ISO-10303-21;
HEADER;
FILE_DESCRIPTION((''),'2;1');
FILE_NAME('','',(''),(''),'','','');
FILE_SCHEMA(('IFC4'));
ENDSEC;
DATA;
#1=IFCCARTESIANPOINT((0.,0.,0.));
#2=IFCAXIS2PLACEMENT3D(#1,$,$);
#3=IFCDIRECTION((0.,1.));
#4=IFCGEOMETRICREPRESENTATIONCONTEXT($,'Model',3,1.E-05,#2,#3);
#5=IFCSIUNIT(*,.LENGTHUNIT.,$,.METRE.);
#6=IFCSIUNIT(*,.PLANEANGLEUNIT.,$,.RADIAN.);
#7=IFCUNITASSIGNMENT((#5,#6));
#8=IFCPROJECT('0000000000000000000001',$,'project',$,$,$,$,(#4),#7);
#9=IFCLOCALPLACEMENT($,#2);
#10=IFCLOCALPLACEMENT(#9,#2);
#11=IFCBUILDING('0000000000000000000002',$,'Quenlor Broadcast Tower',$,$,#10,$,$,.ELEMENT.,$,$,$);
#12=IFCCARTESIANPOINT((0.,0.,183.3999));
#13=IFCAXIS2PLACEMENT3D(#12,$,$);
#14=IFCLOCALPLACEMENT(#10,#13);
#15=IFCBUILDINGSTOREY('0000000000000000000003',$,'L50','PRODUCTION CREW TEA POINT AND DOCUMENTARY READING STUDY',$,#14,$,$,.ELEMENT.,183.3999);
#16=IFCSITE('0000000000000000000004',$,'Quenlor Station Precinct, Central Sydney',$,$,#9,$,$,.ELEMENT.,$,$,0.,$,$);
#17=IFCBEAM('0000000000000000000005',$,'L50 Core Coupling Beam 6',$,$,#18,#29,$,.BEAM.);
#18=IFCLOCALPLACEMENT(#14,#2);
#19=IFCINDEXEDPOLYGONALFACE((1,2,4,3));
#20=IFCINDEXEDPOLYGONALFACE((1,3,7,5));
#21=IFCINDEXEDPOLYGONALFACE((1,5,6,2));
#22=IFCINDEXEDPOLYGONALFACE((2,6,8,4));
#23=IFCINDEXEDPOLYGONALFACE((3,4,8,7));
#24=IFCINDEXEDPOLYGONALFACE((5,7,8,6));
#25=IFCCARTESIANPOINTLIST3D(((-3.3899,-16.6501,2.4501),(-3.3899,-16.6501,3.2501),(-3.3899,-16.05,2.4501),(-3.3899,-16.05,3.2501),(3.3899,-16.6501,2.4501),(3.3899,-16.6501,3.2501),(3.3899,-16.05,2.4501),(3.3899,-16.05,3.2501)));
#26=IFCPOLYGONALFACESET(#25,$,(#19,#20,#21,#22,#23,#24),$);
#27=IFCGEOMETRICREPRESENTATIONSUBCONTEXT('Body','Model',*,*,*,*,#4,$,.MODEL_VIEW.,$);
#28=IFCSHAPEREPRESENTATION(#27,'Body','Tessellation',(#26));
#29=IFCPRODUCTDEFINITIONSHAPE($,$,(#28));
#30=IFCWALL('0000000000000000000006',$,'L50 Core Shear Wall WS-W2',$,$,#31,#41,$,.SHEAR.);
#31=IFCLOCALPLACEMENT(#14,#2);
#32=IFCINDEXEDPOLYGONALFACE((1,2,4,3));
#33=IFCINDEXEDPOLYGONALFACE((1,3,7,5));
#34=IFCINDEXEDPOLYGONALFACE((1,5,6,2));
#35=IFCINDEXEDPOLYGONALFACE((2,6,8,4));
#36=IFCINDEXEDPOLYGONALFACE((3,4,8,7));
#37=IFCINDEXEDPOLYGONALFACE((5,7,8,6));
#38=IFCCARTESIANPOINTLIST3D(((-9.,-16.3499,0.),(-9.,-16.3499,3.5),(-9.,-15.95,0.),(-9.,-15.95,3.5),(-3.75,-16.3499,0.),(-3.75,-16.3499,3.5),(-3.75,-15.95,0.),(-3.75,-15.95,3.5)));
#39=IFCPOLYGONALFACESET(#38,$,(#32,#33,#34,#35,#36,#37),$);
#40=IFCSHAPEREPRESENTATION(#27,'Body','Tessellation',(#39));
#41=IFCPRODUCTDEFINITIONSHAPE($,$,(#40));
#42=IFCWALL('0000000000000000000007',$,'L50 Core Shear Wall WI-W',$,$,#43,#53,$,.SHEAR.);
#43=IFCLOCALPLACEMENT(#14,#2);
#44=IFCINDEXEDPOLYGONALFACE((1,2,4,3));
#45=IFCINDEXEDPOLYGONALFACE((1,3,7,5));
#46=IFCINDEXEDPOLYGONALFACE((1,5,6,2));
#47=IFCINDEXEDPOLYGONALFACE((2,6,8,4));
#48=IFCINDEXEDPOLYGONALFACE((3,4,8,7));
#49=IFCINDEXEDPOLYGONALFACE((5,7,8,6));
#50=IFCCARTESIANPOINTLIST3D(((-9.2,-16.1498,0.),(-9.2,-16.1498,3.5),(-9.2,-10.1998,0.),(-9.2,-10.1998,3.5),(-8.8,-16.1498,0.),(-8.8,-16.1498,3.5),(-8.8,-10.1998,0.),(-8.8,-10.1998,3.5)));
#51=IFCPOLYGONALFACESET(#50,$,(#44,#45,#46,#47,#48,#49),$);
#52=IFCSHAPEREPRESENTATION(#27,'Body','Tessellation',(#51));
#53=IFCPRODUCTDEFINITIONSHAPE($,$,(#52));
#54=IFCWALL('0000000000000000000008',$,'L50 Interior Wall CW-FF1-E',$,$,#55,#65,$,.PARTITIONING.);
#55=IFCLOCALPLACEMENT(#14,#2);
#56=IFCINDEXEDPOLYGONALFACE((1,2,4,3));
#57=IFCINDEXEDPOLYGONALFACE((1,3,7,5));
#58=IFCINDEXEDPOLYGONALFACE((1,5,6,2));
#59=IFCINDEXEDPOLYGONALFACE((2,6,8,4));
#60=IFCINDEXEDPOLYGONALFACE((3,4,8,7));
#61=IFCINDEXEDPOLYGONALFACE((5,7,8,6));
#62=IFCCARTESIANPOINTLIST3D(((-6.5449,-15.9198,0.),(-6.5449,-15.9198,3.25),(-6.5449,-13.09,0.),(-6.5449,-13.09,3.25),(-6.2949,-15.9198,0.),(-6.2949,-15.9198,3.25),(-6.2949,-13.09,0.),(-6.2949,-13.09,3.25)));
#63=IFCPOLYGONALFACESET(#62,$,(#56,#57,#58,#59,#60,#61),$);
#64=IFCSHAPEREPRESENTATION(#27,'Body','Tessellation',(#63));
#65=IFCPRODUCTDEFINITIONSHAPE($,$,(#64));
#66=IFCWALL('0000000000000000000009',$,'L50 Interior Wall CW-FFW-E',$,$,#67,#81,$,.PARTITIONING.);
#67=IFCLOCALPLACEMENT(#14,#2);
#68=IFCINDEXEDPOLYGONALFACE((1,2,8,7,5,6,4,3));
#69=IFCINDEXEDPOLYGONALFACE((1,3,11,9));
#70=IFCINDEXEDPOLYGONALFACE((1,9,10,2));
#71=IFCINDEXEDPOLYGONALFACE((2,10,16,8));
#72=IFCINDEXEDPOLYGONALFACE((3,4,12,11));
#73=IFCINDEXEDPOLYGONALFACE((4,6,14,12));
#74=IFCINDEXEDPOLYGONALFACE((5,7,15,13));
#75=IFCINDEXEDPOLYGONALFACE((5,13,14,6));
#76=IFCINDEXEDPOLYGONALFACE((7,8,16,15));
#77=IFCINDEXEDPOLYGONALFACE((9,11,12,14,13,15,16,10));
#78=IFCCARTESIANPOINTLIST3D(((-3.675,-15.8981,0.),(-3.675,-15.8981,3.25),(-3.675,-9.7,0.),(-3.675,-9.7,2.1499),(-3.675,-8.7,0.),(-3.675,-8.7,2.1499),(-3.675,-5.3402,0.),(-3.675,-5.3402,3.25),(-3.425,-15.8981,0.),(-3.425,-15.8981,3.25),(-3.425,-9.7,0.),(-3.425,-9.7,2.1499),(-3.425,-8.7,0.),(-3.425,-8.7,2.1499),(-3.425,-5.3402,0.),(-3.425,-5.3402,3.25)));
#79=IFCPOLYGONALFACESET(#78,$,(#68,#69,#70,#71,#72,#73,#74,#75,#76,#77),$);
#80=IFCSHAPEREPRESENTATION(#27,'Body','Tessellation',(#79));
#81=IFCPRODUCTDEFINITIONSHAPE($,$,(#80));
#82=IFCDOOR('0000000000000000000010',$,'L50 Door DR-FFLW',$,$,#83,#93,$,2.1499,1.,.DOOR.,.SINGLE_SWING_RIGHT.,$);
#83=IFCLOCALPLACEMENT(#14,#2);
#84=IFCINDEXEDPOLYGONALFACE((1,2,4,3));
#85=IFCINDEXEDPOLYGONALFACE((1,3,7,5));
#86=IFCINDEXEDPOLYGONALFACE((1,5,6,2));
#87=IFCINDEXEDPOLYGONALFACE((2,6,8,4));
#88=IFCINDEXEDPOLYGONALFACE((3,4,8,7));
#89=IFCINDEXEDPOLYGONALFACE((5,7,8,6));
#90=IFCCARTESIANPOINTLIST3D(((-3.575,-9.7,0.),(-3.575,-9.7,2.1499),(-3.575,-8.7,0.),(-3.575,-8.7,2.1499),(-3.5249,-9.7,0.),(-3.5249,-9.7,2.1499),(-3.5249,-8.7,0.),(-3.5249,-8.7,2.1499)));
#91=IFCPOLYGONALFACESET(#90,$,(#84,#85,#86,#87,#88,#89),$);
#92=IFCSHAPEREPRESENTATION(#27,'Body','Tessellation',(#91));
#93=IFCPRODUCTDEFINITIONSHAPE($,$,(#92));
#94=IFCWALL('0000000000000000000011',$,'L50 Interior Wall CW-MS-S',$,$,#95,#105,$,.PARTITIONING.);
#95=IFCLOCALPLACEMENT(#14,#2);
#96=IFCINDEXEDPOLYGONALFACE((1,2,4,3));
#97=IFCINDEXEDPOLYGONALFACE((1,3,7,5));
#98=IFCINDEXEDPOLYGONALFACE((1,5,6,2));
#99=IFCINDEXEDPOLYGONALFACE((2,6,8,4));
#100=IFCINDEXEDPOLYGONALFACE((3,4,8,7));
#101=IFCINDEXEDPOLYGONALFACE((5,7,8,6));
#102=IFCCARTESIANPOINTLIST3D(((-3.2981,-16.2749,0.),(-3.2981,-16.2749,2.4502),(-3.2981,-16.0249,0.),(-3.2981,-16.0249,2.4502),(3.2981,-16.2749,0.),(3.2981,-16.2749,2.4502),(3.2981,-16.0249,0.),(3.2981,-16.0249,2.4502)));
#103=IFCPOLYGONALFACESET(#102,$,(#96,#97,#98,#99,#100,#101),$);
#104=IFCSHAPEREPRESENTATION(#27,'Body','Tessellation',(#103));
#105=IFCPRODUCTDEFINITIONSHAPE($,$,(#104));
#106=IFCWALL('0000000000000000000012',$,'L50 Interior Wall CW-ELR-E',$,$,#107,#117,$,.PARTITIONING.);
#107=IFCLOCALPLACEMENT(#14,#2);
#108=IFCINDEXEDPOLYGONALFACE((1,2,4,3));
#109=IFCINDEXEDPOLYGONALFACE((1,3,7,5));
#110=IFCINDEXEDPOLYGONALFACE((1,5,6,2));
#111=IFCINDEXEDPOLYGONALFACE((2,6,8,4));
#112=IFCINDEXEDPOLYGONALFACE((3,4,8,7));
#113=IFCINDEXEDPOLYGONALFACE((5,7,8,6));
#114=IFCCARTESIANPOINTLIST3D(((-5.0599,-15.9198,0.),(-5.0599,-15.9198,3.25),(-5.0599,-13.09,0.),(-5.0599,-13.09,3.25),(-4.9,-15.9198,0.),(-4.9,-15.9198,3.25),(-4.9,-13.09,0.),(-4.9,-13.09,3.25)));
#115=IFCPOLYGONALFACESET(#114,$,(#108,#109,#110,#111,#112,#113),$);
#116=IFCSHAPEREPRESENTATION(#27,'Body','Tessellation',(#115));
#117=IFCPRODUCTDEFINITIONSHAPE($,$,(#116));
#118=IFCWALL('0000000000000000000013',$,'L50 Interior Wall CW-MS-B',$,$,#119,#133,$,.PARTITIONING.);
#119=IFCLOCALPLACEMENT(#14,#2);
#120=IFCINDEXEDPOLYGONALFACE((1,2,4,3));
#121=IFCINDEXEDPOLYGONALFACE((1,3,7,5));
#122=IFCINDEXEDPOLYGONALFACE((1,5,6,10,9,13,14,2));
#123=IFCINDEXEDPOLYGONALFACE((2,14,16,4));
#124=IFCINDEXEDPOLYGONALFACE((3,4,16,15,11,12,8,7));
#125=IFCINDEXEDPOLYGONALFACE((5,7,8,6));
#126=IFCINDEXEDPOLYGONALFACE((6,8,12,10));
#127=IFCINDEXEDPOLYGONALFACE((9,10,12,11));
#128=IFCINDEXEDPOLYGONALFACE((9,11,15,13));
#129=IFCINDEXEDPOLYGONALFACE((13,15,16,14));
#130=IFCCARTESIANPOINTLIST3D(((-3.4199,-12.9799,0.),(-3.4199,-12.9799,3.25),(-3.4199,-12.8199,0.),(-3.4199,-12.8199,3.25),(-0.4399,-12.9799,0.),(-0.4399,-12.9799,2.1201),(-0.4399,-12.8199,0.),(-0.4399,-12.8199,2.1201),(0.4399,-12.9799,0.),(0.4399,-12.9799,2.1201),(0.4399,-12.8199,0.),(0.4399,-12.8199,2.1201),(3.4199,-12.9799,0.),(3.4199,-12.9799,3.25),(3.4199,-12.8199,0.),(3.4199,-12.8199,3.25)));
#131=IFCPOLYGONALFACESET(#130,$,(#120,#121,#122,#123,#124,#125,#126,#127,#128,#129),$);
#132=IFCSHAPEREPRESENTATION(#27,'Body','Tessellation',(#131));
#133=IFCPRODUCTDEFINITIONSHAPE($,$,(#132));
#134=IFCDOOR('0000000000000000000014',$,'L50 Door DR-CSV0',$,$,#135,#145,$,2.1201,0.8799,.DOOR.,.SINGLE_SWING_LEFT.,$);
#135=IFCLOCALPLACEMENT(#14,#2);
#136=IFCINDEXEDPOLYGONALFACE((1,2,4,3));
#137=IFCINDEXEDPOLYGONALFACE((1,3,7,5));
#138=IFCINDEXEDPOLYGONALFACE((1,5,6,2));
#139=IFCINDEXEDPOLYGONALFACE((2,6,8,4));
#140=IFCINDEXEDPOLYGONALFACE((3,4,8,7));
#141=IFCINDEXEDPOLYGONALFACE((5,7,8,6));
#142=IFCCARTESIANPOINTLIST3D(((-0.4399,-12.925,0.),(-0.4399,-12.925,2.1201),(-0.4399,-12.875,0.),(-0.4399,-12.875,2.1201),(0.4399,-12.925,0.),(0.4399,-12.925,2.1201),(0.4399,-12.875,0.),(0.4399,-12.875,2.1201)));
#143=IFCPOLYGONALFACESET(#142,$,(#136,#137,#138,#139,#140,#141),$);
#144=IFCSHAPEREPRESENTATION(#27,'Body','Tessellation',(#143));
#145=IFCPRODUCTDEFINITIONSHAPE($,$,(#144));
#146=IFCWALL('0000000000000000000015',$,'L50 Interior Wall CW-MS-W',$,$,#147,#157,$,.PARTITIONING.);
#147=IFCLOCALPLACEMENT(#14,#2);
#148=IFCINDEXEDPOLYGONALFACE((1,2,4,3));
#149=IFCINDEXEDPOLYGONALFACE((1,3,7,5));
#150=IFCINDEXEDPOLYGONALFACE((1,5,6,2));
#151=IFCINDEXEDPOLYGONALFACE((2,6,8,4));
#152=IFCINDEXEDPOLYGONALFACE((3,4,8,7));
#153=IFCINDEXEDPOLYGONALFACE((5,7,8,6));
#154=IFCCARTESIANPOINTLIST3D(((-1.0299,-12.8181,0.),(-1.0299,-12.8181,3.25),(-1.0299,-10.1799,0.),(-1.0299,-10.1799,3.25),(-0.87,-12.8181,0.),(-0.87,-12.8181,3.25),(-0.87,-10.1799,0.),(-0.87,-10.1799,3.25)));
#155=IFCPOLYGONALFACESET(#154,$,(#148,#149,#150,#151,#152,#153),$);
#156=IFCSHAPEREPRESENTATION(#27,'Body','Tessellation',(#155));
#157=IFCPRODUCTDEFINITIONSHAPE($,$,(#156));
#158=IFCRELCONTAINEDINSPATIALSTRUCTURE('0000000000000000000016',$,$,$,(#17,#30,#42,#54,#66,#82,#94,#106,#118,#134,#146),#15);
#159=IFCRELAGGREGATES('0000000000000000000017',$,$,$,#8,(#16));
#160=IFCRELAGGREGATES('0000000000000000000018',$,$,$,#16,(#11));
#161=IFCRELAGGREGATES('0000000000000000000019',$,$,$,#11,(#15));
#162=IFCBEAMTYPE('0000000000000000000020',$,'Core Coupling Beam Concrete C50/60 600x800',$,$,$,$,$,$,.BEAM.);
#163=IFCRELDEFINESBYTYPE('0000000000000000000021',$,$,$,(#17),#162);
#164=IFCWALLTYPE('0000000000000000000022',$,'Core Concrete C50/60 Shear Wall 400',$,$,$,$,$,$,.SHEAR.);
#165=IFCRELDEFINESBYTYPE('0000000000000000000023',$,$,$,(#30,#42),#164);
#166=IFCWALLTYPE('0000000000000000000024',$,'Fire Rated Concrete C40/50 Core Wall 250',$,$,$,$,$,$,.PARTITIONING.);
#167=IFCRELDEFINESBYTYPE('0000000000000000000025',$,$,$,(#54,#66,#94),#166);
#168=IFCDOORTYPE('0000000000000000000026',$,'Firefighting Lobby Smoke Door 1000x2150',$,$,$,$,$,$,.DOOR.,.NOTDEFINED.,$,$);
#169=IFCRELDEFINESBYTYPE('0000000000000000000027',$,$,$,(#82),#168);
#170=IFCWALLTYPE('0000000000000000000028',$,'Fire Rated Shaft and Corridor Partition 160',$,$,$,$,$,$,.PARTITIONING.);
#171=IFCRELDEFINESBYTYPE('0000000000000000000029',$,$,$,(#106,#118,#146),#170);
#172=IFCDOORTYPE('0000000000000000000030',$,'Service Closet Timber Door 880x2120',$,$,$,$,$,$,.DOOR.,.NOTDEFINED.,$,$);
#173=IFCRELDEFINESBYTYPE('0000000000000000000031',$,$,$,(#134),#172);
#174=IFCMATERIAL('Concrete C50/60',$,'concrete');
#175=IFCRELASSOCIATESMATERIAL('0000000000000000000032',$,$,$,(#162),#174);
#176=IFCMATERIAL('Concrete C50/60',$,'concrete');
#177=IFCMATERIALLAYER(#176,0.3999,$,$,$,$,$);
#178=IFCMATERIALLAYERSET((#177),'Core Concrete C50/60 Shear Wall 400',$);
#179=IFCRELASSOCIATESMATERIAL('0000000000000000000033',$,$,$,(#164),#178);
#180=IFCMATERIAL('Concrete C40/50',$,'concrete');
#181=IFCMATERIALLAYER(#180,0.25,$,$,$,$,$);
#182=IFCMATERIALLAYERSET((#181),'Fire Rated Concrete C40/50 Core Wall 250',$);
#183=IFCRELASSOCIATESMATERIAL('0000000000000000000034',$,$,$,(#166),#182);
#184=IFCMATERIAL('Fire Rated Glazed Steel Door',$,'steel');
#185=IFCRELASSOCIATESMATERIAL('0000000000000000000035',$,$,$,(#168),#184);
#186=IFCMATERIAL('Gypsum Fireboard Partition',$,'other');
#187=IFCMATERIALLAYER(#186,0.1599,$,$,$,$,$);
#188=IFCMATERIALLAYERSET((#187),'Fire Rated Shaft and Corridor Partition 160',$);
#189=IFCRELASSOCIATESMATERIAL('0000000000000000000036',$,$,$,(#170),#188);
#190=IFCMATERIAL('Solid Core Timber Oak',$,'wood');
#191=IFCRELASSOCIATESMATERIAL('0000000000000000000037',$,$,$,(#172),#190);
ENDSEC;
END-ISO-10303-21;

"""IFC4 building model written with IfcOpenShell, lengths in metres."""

from ifc_helpers import new_model, si_unit, direction, frame, frame_2d, origin, origin_2d, place, context, subcontext, project, spatial, rectangle, extrude, material, layer, layer_set, material_profile, profile_set, type_object, element, fill, save


model = new_model("IFC4")

# Units and contexts
model_context = context("Model", 3, precision=1e-05, world=origin(), true_north=direction((0.0, 1.0)))
body_context = subcontext(model_context, "Body", "Model", "MODEL_VIEW")
ifc_project = project(units=[si_unit("LENGTHUNIT", "METRE"), si_unit("PLANEANGLEUNIT", "RADIAN")], contexts=[model_context])

# Site, building, storey
site_placement = place(None, origin())
site = spatial("IfcSite", under=ifc_project, at=site_placement, Name="Quenlor Station Precinct, Central Sydney", CompositionType="ELEMENT", RefElevation=0.0)
building_placement = place(site_placement, origin())
building = spatial("IfcBuilding", under=site, at=building_placement, Name="Quenlor Broadcast Tower", CompositionType="ELEMENT")
storey_placement = place(building_placement, frame((0.0, 0.0, 183.3999)))
storey = spatial("IfcBuildingStorey", under=building, at=storey_placement, Name="L50", Description="PRODUCTION CREW TEA POINT AND DOCUMENTARY READING STUDY", CompositionType="ELEMENT", Elevation=183.3999)

# Beam
ifc_material_1 = material(Name="Concrete C50/60", Category="concrete")
ifc_material_profile = material_profile(ifc_material_1, rectangle(XDim=0.6001, YDim=0.8, at=origin_2d()))
ifc_profile_set = profile_set([ifc_material_profile], Name="Concrete C50/60 RCB600x800")
beam_type = type_object("IfcBeamType", Name="Core Coupling Beam Concrete C50/60 600x800", PredefinedType="BEAM", material=ifc_profile_set)
beam_placement = place(storey_placement, frame((-3.3899, -16.3501, 2.8501), z_axis=(1.0, 0.0, 0.0), x_axis=(0.0, 1.0, 0.0)))
element("IfcBeam", 1, at=beam_placement, inside=storey, type_object=beam_type, Name="L50 Core Coupling Beam 6", PredefinedType="BEAM", context=body_context, shape_type="SweptSolid", body=[
    extrude(rectangle(XDim=0.6001, YDim=0.8, at=origin_2d()), origin(), (0.0, 0.0, 1.0), 6.7798),
])

# Walls
ifc_material_2 = material(Name="Concrete C50/60", Category="concrete")
ifc_layer_1 = layer(ifc_material_2, 0.3999)
ifc_layer_set_1 = layer_set([ifc_layer_1], Name="Core Concrete C50/60 Shear Wall 400")
wall_type_1 = type_object("IfcWallType", Name="Core Concrete C50/60 Shear Wall 400", PredefinedType="SHEAR", material=ifc_layer_set_1)
wall_1_placement = place(storey_placement, frame((-9.0, -16.1499, 0.0), z_axis=(0.0, 0.0, 1.0), x_axis=(1.0, 0.0, 0.0)))
element("IfcWall", 2, at=wall_1_placement, inside=storey, type_object=wall_type_1, Name="L50 Core Shear Wall WS-W2", PredefinedType="SHEAR", context=body_context, shape_type="SweptSolid", body=[
    extrude(rectangle(XDim=5.25, YDim=0.3999, at=frame_2d((2.625, 0.0))), origin(), (0.0, 0.0, 1.0), 3.5),
])
wall_2_placement = place(storey_placement, frame((-9.0, -16.1499, 0.0), z_axis=(0.0, 0.0, 1.0), x_axis=(0.0, 1.0, 0.0)))
element("IfcWall", 3, at=wall_2_placement, inside=storey, type_object=wall_type_1, Name="L50 Core Shear Wall WI-W", PredefinedType="SHEAR", context=body_context, shape_type="SweptSolid", body=[
    extrude(rectangle(XDim=5.95, YDim=0.3999, at=frame_2d((2.9751, 0.0))), origin(), (0.0, 0.0, 1.0), 3.5),
])

# Shared definitions
ifc_material_3 = material(Name="Concrete C40/50", Category="concrete")
ifc_layer_2 = layer(ifc_material_3, 0.25)
ifc_layer_set_2 = layer_set([ifc_layer_2], Name="Fire Rated Concrete C40/50 Core Wall 250")
wall_type_2 = type_object("IfcWallType", Name="Fire Rated Concrete C40/50 Core Wall 250", PredefinedType="PARTITIONING", material=ifc_layer_set_2)

# Wall
wall_3_placement = place(storey_placement, frame((-6.4199, -15.9199, 0.0), z_axis=(0.0, 0.0, 1.0), x_axis=(0.0, 1.0, 0.0)))
element("IfcWall", 4, at=wall_3_placement, inside=storey, type_object=wall_type_2, Name="L50 Interior Wall CW-FF1-E", PredefinedType="PARTITIONING", context=body_context, shape_type="SweptSolid", body=[
    extrude(rectangle(XDim=2.8298, YDim=0.25, at=frame_2d((1.415, 0.0))), origin(), (0.0, 0.0, 1.0), 3.25),
])

# Wall, opening, door
wall_4_placement = place(storey_placement, frame((-3.55, -15.8979, 0.0), z_axis=(0.0, 0.0, 1.0), x_axis=(0.0, 1.0, 0.0)))
wall_4 = element("IfcWall", 5, at=wall_4_placement, inside=storey, type_object=wall_type_2, Name="L50 Interior Wall CW-FFW-E", PredefinedType="PARTITIONING", context=body_context, shape_type="SweptSolid", body=[
    extrude(rectangle(XDim=10.5579, YDim=0.25, at=frame_2d((5.2788, 0.0))), origin(), (0.0, 0.0, 1.0), 3.25),
])
opening_1_placement = place(wall_4_placement, frame((6.198, 0.0, 0.0)))
opening_1 = element("IfcOpeningElement", 6, at=opening_1_placement, cuts=wall_4, PredefinedType="OPENING", context=body_context, shape_type="SweptSolid", body=[
    extrude(rectangle(XDim=1.0, YDim=2.1499, at=frame_2d((0.5, 1.075))), frame((0.0, 0.135, 0.0), z_axis=(0.0, -1.0, 0.0), x_axis=(1.0, 0.0, 0.0)), (0.0, 0.0, 1.0), 0.27),
])
ifc_material_4 = material(Name="Fire Rated Glazed Steel Door", Category="steel")
door_type_1 = type_object("IfcDoorType", Name="Firefighting Lobby Smoke Door 1000x2150", OperationType="NOTDEFINED", PredefinedType="DOOR", material=ifc_material_4)
door_1_placement = place(opening_1_placement, origin())
door_1 = element("IfcDoor", 7, at=door_1_placement, inside=storey, type_object=door_type_1, Name="L50 Door DR-FFLW", OperationType="SINGLE_SWING_RIGHT", OverallHeight=2.1499, OverallWidth=1.0, PredefinedType="DOOR", context=body_context, shape_type="SweptSolid", body=[
    extrude(rectangle(XDim=1.0, YDim=2.1499, at=frame_2d((0.5, 1.075))), frame((0.0, 0.0249, 0.0), z_axis=(0.0, -1.0, 0.0), x_axis=(1.0, 0.0, 0.0)), (0.0, 0.0, 1.0), 0.05),
])
fill(opening_1, door_1)

# Walls
wall_5_placement = place(storey_placement, frame((-3.2981, -16.1499, 0.0), z_axis=(0.0, 0.0, 1.0), x_axis=(1.0, 0.0, 0.0)))
element("IfcWall", 8, at=wall_5_placement, inside=storey, type_object=wall_type_2, Name="L50 Interior Wall CW-MS-S", PredefinedType="PARTITIONING", context=body_context, shape_type="SweptSolid", body=[
    extrude(rectangle(XDim=6.5962, YDim=0.25, at=frame_2d((3.2981, 0.0))), origin(), (0.0, 0.0, 1.0), 2.4502),
])
ifc_material_5 = material(Name="Gypsum Fireboard Partition", Category="other")
ifc_layer_3 = layer(ifc_material_5, 0.1599)
ifc_layer_set_3 = layer_set([ifc_layer_3], Name="Fire Rated Shaft and Corridor Partition 160")
wall_type_3 = type_object("IfcWallType", Name="Fire Rated Shaft and Corridor Partition 160", PredefinedType="PARTITIONING", material=ifc_layer_set_3)
wall_6_placement = place(storey_placement, frame((-4.98, -15.9199, 0.0), z_axis=(0.0, 0.0, 1.0), x_axis=(0.0, 1.0, 0.0)))
element("IfcWall", 9, at=wall_6_placement, inside=storey, type_object=wall_type_3, Name="L50 Interior Wall CW-ELR-E", PredefinedType="PARTITIONING", context=body_context, shape_type="SweptSolid", body=[
    extrude(rectangle(XDim=2.8298, YDim=0.1599, at=frame_2d((1.415, 0.0))), origin(), (0.0, 0.0, 1.0), 3.25),
])

# Wall, opening, door
wall_7_placement = place(storey_placement, frame((-3.4199, -12.8999, 0.0), z_axis=(0.0, 0.0, 1.0), x_axis=(1.0, 0.0, 0.0)))
wall_7 = element("IfcWall", 10, at=wall_7_placement, inside=storey, type_object=wall_type_3, Name="L50 Interior Wall CW-MS-B", PredefinedType="PARTITIONING", context=body_context, shape_type="SweptSolid", body=[
    extrude(rectangle(XDim=6.8398, YDim=0.1599, at=frame_2d((3.4199, 0.0))), origin(), (0.0, 0.0, 1.0), 3.25),
])
opening_2_placement = place(wall_7_placement, frame((2.98, 0.0, 0.0)))
opening_2 = element("IfcOpeningElement", 11, at=opening_2_placement, cuts=wall_7, PredefinedType="OPENING", context=body_context, shape_type="SweptSolid", body=[
    extrude(rectangle(XDim=0.8799, YDim=2.1201, at=frame_2d((0.4399, 1.0601))), frame((0.0, 0.0898, 0.0), z_axis=(0.0, -1.0, 0.0), x_axis=(1.0, 0.0, 0.0)), (0.0, 0.0, 1.0), 0.1799),
])
ifc_material_6 = material(Name="Solid Core Timber Oak", Category="wood")
door_type_2 = type_object("IfcDoorType", Name="Service Closet Timber Door 880x2120", OperationType="NOTDEFINED", PredefinedType="DOOR", material=ifc_material_6)
door_2_placement = place(opening_2_placement, origin())
door_2 = element("IfcDoor", 12, at=door_2_placement, inside=storey, type_object=door_type_2, Name="L50 Door DR-CSV0", OperationType="SINGLE_SWING_LEFT", OverallHeight=2.1201, OverallWidth=0.8799, PredefinedType="DOOR", context=body_context, shape_type="SweptSolid", body=[
    extrude(rectangle(XDim=0.8799, YDim=2.1201, at=frame_2d((0.4399, 1.0601))), frame((0.0, 0.0249, 0.0), z_axis=(0.0, -1.0, 0.0), x_axis=(1.0, 0.0, 0.0)), (0.0, 0.0, 1.0), 0.05),
])
fill(opening_2, door_2)

# Wall
wall_8_placement = place(storey_placement, frame((-0.95, -12.8181, 0.0), z_axis=(0.0, 0.0, 1.0), x_axis=(0.0, 1.0, 0.0)))
element("IfcWall", 13, at=wall_8_placement, inside=storey, type_object=wall_type_3, Name="L50 Interior Wall CW-MS-W", PredefinedType="PARTITIONING", context=body_context, shape_type="SweptSolid", body=[
    extrude(rectangle(XDim=2.6382, YDim=0.1599, at=frame_2d((1.3191, 0.0))), origin(), (0.0, 0.0, 1.0), 3.25),
])

save(model, "model.ifc")
